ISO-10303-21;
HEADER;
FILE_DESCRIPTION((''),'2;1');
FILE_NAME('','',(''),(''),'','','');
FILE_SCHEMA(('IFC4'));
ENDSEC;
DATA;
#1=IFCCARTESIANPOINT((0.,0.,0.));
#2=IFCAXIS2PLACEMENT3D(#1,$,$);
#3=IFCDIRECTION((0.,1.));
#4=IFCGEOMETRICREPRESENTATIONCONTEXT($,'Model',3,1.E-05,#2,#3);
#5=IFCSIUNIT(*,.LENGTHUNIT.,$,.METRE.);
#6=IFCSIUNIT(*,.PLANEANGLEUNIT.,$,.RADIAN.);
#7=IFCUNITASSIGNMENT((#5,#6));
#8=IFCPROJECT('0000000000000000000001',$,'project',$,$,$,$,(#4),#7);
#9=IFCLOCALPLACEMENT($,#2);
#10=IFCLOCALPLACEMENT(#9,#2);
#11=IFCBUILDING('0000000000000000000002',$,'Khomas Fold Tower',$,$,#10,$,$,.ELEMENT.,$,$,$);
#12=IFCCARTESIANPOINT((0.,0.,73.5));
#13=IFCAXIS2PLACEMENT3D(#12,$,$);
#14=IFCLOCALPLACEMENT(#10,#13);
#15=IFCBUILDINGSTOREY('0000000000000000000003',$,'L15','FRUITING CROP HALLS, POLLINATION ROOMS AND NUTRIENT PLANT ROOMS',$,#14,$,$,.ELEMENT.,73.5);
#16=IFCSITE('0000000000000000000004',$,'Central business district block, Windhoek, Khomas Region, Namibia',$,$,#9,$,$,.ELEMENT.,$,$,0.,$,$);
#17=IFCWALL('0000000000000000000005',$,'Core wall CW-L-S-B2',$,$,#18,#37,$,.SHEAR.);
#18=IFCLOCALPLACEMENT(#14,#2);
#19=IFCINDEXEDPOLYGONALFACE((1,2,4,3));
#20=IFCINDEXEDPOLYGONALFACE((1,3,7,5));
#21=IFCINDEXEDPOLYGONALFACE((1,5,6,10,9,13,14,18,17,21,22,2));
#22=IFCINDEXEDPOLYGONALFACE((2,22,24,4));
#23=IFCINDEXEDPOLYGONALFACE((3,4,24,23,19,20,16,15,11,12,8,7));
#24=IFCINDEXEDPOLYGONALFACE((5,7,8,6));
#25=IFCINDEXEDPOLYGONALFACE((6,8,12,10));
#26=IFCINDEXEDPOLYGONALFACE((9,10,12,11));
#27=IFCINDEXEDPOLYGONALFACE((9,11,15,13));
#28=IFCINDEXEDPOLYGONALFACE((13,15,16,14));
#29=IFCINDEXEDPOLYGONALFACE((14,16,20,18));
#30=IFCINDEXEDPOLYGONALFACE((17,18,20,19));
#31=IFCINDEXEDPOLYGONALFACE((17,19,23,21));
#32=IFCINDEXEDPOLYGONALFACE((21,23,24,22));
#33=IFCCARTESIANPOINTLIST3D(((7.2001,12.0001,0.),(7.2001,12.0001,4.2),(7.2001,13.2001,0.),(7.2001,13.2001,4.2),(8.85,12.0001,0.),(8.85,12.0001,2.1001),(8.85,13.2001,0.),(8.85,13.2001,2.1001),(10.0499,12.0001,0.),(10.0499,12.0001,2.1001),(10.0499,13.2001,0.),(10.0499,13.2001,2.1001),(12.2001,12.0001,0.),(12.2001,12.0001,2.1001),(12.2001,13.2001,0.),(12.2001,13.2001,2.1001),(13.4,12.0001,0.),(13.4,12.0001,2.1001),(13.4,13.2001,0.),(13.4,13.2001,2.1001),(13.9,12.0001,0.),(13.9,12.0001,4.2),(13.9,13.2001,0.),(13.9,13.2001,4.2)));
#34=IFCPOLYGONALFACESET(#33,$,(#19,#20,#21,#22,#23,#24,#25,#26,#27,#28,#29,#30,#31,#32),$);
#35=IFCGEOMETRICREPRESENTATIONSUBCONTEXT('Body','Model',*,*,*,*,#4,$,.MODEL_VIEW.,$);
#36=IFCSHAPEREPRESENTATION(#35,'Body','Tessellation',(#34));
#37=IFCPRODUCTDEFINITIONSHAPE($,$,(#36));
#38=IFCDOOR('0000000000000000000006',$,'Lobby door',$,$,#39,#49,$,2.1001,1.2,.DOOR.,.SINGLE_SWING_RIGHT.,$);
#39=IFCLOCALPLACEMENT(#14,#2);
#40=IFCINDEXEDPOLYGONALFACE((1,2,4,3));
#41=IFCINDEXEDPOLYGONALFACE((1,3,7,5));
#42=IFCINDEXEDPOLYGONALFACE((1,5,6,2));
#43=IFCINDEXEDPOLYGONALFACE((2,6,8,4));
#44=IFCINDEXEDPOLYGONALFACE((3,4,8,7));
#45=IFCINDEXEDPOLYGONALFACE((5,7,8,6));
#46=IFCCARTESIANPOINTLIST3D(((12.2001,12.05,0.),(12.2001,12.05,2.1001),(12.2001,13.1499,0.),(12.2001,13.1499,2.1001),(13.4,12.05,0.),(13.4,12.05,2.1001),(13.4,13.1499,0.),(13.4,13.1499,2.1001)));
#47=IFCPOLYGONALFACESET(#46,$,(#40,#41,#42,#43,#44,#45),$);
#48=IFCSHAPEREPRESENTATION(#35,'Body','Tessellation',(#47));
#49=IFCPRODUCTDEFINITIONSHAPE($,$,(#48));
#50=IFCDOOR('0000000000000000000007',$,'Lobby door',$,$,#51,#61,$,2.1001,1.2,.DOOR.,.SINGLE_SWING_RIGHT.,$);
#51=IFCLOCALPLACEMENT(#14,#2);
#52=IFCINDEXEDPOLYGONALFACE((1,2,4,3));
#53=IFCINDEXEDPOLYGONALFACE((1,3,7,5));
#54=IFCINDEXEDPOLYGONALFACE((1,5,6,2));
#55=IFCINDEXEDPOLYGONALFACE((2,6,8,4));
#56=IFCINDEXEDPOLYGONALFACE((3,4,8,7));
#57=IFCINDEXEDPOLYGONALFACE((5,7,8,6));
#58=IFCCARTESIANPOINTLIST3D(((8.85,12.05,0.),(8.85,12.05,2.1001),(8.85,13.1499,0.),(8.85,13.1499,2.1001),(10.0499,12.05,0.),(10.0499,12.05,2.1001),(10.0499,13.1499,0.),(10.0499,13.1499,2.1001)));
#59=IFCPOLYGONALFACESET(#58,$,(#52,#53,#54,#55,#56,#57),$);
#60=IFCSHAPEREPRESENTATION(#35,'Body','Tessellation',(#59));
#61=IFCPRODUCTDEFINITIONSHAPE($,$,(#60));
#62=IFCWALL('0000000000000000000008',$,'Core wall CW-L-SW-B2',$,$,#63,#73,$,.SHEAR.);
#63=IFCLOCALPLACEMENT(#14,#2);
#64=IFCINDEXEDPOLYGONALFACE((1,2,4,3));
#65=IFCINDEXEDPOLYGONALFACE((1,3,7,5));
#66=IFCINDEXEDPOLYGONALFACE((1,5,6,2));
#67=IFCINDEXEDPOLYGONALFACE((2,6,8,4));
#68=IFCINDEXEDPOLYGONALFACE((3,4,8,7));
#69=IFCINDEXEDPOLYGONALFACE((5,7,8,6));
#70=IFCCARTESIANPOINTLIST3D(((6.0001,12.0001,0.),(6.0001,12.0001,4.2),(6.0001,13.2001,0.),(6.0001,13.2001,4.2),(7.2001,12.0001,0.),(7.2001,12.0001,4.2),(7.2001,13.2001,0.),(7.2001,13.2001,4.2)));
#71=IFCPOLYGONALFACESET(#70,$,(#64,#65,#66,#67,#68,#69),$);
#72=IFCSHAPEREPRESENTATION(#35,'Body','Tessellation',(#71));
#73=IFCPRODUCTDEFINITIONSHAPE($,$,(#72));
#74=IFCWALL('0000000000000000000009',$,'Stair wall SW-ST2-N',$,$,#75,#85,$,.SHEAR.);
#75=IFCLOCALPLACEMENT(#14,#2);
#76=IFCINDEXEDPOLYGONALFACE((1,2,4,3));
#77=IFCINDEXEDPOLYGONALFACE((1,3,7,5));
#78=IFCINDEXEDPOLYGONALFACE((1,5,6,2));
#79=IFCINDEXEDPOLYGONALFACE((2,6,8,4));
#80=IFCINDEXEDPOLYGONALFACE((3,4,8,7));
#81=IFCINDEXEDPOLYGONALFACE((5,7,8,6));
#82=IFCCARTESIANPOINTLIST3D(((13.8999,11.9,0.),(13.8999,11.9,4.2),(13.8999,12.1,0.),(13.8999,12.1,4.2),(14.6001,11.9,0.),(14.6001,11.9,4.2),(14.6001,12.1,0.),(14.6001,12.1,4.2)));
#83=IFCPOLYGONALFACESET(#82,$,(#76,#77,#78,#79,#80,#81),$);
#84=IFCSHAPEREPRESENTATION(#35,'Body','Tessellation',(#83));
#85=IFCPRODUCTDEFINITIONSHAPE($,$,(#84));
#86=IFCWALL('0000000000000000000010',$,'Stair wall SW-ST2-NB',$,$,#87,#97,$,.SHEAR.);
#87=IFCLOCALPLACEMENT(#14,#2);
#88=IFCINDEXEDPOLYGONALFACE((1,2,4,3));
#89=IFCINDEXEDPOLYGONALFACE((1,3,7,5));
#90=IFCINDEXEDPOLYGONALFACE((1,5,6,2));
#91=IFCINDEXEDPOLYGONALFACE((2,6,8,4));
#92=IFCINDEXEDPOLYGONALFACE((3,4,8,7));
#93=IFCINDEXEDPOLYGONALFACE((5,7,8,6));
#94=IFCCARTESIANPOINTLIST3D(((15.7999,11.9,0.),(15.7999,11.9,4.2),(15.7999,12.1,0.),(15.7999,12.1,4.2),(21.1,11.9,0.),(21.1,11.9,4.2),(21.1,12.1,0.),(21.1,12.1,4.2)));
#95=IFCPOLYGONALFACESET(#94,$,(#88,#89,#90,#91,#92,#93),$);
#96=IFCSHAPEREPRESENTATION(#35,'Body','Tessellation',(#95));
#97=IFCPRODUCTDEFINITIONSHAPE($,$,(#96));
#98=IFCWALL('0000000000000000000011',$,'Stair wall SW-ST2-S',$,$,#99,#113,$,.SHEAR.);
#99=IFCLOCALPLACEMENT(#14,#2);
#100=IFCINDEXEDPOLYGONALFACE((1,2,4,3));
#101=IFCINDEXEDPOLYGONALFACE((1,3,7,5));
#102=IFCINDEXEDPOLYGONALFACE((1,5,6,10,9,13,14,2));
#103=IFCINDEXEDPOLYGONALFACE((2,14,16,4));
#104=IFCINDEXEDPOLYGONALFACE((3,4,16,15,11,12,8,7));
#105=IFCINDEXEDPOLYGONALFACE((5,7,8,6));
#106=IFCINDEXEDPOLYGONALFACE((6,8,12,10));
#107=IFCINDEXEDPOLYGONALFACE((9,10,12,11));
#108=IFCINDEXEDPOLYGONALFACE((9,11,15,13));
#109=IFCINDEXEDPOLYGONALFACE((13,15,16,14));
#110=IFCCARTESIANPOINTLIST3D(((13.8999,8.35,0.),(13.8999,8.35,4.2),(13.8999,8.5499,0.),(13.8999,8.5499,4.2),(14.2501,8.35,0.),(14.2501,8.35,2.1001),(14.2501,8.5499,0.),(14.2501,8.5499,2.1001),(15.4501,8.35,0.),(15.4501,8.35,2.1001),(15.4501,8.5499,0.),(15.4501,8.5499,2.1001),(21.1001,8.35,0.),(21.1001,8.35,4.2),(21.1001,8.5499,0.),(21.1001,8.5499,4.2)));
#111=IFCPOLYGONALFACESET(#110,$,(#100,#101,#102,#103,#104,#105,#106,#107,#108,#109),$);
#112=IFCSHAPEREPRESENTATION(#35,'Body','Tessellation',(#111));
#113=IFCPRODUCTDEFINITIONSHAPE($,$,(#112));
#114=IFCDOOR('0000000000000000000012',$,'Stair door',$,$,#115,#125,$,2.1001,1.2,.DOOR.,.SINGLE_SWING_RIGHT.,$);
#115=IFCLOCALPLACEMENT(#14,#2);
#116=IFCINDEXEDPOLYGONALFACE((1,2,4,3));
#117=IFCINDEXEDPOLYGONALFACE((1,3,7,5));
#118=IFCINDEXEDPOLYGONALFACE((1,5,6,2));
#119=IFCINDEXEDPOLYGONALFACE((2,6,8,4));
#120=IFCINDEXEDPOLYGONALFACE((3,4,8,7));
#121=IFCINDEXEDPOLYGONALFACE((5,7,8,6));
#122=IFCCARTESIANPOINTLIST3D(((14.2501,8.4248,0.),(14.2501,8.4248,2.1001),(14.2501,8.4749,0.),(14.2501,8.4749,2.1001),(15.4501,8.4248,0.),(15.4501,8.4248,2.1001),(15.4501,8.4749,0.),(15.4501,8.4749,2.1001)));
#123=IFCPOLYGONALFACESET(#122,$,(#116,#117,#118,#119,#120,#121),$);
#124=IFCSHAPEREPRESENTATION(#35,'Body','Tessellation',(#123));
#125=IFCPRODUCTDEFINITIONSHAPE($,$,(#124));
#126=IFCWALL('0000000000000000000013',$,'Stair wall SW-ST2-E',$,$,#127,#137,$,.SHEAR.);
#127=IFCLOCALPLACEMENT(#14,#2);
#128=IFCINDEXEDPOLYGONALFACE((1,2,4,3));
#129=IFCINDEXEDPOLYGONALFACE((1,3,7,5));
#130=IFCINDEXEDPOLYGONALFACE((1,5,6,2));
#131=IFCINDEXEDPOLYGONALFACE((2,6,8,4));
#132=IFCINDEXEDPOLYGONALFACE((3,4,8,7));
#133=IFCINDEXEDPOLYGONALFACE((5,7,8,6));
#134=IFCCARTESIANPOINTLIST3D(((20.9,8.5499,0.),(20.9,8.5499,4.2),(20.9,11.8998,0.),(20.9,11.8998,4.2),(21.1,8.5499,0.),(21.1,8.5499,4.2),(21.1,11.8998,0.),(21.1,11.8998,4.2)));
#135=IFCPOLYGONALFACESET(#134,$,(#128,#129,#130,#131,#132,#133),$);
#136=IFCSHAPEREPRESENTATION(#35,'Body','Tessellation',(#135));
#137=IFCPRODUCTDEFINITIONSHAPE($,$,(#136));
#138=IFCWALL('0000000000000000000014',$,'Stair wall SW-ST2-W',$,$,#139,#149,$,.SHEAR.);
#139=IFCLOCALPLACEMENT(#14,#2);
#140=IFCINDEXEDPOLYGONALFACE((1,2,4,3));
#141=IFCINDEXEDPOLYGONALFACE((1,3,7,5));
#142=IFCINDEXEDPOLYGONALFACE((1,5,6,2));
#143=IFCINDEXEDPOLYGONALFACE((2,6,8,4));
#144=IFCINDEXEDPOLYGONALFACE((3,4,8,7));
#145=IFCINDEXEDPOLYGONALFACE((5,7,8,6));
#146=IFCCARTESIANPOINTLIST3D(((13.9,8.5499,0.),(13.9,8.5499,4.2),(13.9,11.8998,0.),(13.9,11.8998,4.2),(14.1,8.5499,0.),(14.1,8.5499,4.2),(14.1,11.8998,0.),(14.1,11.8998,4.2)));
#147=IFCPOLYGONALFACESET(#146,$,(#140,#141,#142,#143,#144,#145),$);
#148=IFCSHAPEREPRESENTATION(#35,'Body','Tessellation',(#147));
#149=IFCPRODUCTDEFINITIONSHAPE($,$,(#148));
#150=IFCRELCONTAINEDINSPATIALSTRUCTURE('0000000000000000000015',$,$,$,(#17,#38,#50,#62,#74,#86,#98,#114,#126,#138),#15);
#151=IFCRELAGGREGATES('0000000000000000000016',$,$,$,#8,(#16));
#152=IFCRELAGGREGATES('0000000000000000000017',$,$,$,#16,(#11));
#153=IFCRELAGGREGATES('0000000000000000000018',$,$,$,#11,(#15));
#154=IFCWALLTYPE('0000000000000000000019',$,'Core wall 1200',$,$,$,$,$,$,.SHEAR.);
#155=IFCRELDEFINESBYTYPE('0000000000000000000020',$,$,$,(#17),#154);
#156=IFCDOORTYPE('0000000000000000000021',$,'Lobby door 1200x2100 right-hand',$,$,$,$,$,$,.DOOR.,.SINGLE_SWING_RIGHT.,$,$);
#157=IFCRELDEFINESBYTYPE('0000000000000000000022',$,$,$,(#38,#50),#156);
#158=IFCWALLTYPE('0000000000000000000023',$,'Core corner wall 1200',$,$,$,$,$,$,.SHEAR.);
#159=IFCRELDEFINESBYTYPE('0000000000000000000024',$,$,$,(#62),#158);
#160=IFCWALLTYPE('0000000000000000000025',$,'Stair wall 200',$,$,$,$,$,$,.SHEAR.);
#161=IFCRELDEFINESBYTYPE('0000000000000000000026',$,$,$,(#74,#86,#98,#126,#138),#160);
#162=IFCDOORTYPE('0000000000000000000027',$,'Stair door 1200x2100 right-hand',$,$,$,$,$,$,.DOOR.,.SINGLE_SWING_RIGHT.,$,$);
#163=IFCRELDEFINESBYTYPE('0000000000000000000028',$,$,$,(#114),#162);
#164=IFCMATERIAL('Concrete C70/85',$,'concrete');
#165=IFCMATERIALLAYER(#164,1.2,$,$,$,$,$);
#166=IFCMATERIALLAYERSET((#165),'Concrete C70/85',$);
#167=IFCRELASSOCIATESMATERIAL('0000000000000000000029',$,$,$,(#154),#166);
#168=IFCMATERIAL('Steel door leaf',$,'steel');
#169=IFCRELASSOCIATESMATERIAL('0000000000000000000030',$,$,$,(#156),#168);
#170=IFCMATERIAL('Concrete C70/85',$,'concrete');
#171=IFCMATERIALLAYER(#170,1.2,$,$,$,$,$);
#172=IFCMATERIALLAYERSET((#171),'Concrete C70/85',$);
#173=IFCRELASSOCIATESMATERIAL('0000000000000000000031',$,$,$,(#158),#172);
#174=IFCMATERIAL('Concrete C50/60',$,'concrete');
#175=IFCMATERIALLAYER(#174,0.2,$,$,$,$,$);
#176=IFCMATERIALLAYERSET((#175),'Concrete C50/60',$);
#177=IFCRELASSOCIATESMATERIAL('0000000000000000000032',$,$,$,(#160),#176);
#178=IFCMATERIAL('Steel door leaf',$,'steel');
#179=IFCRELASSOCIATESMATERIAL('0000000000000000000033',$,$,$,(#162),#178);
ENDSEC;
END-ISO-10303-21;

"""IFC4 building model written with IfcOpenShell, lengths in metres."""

from ifc_helpers import new_model, si_unit, direction, frame, frame_2d, origin, place, context, subcontext, project, spatial, rectangle, extrude, source, transform, mapped, material, layer, layer_set, type_object, element, fill, save


model = new_model("IFC4")

# Units and contexts
model_context = context("Model", 3, precision=1e-05, world=origin(), true_north=direction((0.0, 1.0)))
body_context = subcontext(model_context, "Body", "Model", "MODEL_VIEW")
ifc_project = project(units=[si_unit("LENGTHUNIT", "METRE"), si_unit("PLANEANGLEUNIT", "RADIAN")], contexts=[model_context])

# Site, building, storey
site_placement = place(None, origin())
site = spatial("IfcSite", under=ifc_project, at=site_placement, Name="Central business district block, Windhoek, Khomas Region, Namibia", CompositionType="ELEMENT", RefElevation=0.0)
building_placement = place(site_placement, origin())
building = spatial("IfcBuilding", under=site, at=building_placement, Name="Khomas Fold Tower", CompositionType="ELEMENT")
storey_placement = place(building_placement, frame((0.0, 0.0, 73.5)))
storey = spatial("IfcBuildingStorey", under=building, at=storey_placement, Name="L15", Description="FRUITING CROP HALLS, POLLINATION ROOMS AND NUTRIENT PLANT ROOMS", CompositionType="ELEMENT", Elevation=73.5)

# Wall, openings, doors
ifc_material_1 = material(Name="Concrete C70/85", Category="concrete")
ifc_layer_1 = layer(ifc_material_1, 1.2)
ifc_layer_set_1 = layer_set([ifc_layer_1], Name="Concrete C70/85")
wall_type_1 = type_object("IfcWallType", Name="Core wall 1200", PredefinedType="SHEAR", material=ifc_layer_set_1)
shared_shape_1 = source(origin(), body_context, "Body", "SweptSolid", [
    extrude(rectangle(XDim=6.7, YDim=1.2, at=frame_2d((3.3501, 0.0))), origin(), (0.0, 0.0, 1.0), 4.2),
])
wall_1_placement = place(storey_placement, frame((7.2, 12.6001, 0.0), z_axis=(0.0, 0.0, 1.0), x_axis=(1.0, 0.0, 0.0)))
wall_1 = element("IfcWall", 1, at=wall_1_placement, inside=storey, type_object=wall_type_1, Name="Core wall CW-L-S-B2", PredefinedType="SHEAR", context=body_context, shape_type="MappedRepresentation", body=[
    mapped(shared_shape_1, transform((0.0, 0.0, 0.0))),
])
shared_shape_2 = source(origin(), body_context, "Body", "SweptSolid", [
    extrude(rectangle(XDim=1.2, YDim=2.1001, at=frame_2d((0.6001, 1.05))), frame((0.0, 0.6099, 0.0), z_axis=(0.0, -1.0, 0.0), x_axis=(1.0, 0.0, 0.0)), (0.0, 0.0, 1.0), 1.22),
])
opening_1_placement = place(wall_1_placement, frame((5.0, 0.0, 0.0)))
opening_1 = element("IfcOpeningElement", 2, at=opening_1_placement, cuts=wall_1, PredefinedType="OPENING", context=body_context, shape_type="MappedRepresentation", body=[
    mapped(shared_shape_2, transform((0.0, 0.0, 0.0))),
])
opening_2_placement = place(wall_1_placement, frame((1.6499, 0.0, 0.0)))
opening_2 = element("IfcOpeningElement", 3, at=opening_2_placement, cuts=wall_1, PredefinedType="OPENING", context=body_context, shape_type="MappedRepresentation", body=[
    mapped(shared_shape_2, transform((0.0, 0.0, 0.0))),
])
ifc_material_2 = material(Name="Steel door leaf", Category="steel")
door_type_1 = type_object("IfcDoorType", Name="Lobby door 1200x2100 right-hand", OperationType="SINGLE_SWING_RIGHT", PredefinedType="DOOR", material=ifc_material_2)
shared_shape_3 = source(origin(), body_context, "Body", "SweptSolid", [
    extrude(rectangle(XDim=1.2, YDim=2.1001, at=frame_2d((0.6001, 1.05))), frame((0.0, 0.5498, 0.0), z_axis=(0.0, -1.0, 0.0), x_axis=(1.0, 0.0, 0.0)), (0.0, 0.0, 1.0), 1.0999),
])
door_1_placement = place(opening_1_placement, origin())
door_1 = element("IfcDoor", 4, at=door_1_placement, inside=storey, type_object=door_type_1, Name="Lobby door", OperationType="SINGLE_SWING_RIGHT", OverallHeight=2.1001, OverallWidth=1.2, PredefinedType="DOOR", context=body_context, shape_type="MappedRepresentation", body=[
    mapped(shared_shape_3, transform((0.0, 0.0, 0.0))),
])
fill(opening_1, door_1)
door_2_placement = place(opening_2_placement, origin())
door_2 = element("IfcDoor", 5, at=door_2_placement, inside=storey, type_object=door_type_1, Name="Lobby door", OperationType="SINGLE_SWING_RIGHT", OverallHeight=2.1001, OverallWidth=1.2, PredefinedType="DOOR", context=body_context, shape_type="MappedRepresentation", body=[
    mapped(shared_shape_3, transform((0.0, 0.0, 0.0))),
])
fill(opening_2, door_2)

# Walls
ifc_material_3 = material(Name="Concrete C70/85", Category="concrete")
ifc_layer_2 = layer(ifc_material_3, 1.2)
ifc_layer_set_2 = layer_set([ifc_layer_2], Name="Concrete C70/85")
wall_type_2 = type_object("IfcWallType", Name="Core corner wall 1200", PredefinedType="SHEAR", material=ifc_layer_set_2)
shared_shape_4 = source(origin(), body_context, "Body", "SweptSolid", [
    extrude(rectangle(XDim=1.2, YDim=1.2, at=frame_2d((0.6001, 0.0))), origin(), (0.0, 0.0, 1.0), 4.2),
])
wall_2_placement = place(storey_placement, frame((6.0, 12.6001, 0.0), z_axis=(0.0, 0.0, 1.0), x_axis=(1.0, 0.0, 0.0)))
element("IfcWall", 6, at=wall_2_placement, inside=storey, type_object=wall_type_2, Name="Core wall CW-L-SW-B2", PredefinedType="SHEAR", context=body_context, shape_type="MappedRepresentation", body=[
    mapped(shared_shape_4, transform((0.0, 0.0, 0.0))),
])
ifc_material_4 = material(Name="Concrete C50/60", Category="concrete")
ifc_layer_3 = layer(ifc_material_4, 0.2)
ifc_layer_set_3 = layer_set([ifc_layer_3], Name="Concrete C50/60")
wall_type_3 = type_object("IfcWallType", Name="Stair wall 200", PredefinedType="SHEAR", material=ifc_layer_set_3)
shared_shape_5 = source(origin(), body_context, "Body", "SweptSolid", [
    extrude(rectangle(XDim=0.7002, YDim=0.2, at=frame_2d((0.3501, 0.0))), origin(), (0.0, 0.0, 1.0), 4.2),
])
wall_3_placement = place(storey_placement, frame((13.8999, 12.0, 0.0), z_axis=(0.0, 0.0, 1.0), x_axis=(1.0, 0.0, 0.0)))
element("IfcWall", 7, at=wall_3_placement, inside=storey, type_object=wall_type_3, Name="Stair wall SW-ST2-N", PredefinedType="SHEAR", context=body_context, shape_type="MappedRepresentation", body=[
    mapped(shared_shape_5, transform((0.0, 0.0, 0.0))),
])
shared_shape_6 = source(origin(), body_context, "Body", "SweptSolid", [
    extrude(rectangle(XDim=5.3, YDim=0.2, at=frame_2d((2.6499, 0.0))), origin(), (0.0, 0.0, 1.0), 4.2),
])
wall_4_placement = place(storey_placement, frame((15.8, 12.0, 0.0), z_axis=(0.0, 0.0, 1.0), x_axis=(1.0, 0.0, 0.0)))
element("IfcWall", 8, at=wall_4_placement, inside=storey, type_object=wall_type_3, Name="Stair wall SW-ST2-NB", PredefinedType="SHEAR", context=body_context, shape_type="MappedRepresentation", body=[
    mapped(shared_shape_6, transform((0.0, 0.0, 0.0))),
])

# Wall, opening, door
shared_shape_7 = source(origin(), body_context, "Body", "SweptSolid", [
    extrude(rectangle(XDim=7.2002, YDim=0.2, at=frame_2d((3.6001, 0.0))), origin(), (0.0, 0.0, 1.0), 4.2),
])
wall_5_placement = place(storey_placement, frame((13.8999, 8.45, 0.0), z_axis=(0.0, 0.0, 1.0), x_axis=(1.0, 0.0, 0.0)))
wall_5 = element("IfcWall", 9, at=wall_5_placement, inside=storey, type_object=wall_type_3, Name="Stair wall SW-ST2-S", PredefinedType="SHEAR", context=body_context, shape_type="MappedRepresentation", body=[
    mapped(shared_shape_7, transform((0.0, 0.0, 0.0))),
])
shared_shape_8 = source(origin(), body_context, "Body", "SweptSolid", [
    extrude(rectangle(XDim=1.2, YDim=2.1001, at=frame_2d((0.6001, 1.05))), frame((0.0, 0.1099, 0.0), z_axis=(0.0, -1.0, 0.0), x_axis=(1.0, 0.0, 0.0)), (0.0, 0.0, 1.0), 0.22),
])
opening_3_placement = place(wall_5_placement, frame((0.3501, 0.0, 0.0)))
opening_3 = element("IfcOpeningElement", 10, at=opening_3_placement, cuts=wall_5, PredefinedType="OPENING", context=body_context, shape_type="MappedRepresentation", body=[
    mapped(shared_shape_8, transform((0.0, 0.0, 0.0))),
])
ifc_material_5 = material(Name="Steel door leaf", Category="steel")
door_type_2 = type_object("IfcDoorType", Name="Stair door 1200x2100 right-hand", OperationType="SINGLE_SWING_RIGHT", PredefinedType="DOOR", material=ifc_material_5)
shared_shape_9 = source(origin(), body_context, "Body", "SweptSolid", [
    extrude(rectangle(XDim=1.2, YDim=2.1001, at=frame_2d((0.6001, 1.05))), frame((0.0, 0.0249, 0.0), z_axis=(0.0, -1.0, 0.0), x_axis=(1.0, 0.0, 0.0)), (0.0, 0.0, 1.0), 0.05),
])
door_3_placement = place(opening_3_placement, origin())
door_3 = element("IfcDoor", 11, at=door_3_placement, inside=storey, type_object=door_type_2, Name="Stair door", OperationType="SINGLE_SWING_RIGHT", OverallHeight=2.1001, OverallWidth=1.2, PredefinedType="DOOR", context=body_context, shape_type="MappedRepresentation", body=[
    mapped(shared_shape_9, transform((0.0, 0.0, 0.0))),
])
fill(opening_3, door_3)

# Walls
shared_shape_10 = source(origin(), body_context, "Body", "SweptSolid", [
    extrude(rectangle(XDim=3.3499, YDim=0.2, at=frame_2d((1.6748, 0.0))), origin(), (0.0, 0.0, 1.0), 4.2),
])
for number, where, z_axis, x_axis, name in (
    (12, (21.0, 8.55, 0.0), (0.0, 0.0, 1.0), (0.0, 1.0, 0.0), "Stair wall SW-ST2-E"),
    (13, (14.0, 8.55, 0.0), (0.0, 0.0, 1.0), (0.0, 1.0, 0.0), "Stair wall SW-ST2-W"),
):
    element("IfcWall", number, at=place(storey_placement, frame(where, z_axis=z_axis, x_axis=x_axis)), inside=storey, type_object=wall_type_3, Name=name, PredefinedType="SHEAR", context=body_context, shape_type="MappedRepresentation", body=[
        mapped(shared_shape_10, transform((0.0, 0.0, 0.0))),
    ])

save(model, "model.ifc")
